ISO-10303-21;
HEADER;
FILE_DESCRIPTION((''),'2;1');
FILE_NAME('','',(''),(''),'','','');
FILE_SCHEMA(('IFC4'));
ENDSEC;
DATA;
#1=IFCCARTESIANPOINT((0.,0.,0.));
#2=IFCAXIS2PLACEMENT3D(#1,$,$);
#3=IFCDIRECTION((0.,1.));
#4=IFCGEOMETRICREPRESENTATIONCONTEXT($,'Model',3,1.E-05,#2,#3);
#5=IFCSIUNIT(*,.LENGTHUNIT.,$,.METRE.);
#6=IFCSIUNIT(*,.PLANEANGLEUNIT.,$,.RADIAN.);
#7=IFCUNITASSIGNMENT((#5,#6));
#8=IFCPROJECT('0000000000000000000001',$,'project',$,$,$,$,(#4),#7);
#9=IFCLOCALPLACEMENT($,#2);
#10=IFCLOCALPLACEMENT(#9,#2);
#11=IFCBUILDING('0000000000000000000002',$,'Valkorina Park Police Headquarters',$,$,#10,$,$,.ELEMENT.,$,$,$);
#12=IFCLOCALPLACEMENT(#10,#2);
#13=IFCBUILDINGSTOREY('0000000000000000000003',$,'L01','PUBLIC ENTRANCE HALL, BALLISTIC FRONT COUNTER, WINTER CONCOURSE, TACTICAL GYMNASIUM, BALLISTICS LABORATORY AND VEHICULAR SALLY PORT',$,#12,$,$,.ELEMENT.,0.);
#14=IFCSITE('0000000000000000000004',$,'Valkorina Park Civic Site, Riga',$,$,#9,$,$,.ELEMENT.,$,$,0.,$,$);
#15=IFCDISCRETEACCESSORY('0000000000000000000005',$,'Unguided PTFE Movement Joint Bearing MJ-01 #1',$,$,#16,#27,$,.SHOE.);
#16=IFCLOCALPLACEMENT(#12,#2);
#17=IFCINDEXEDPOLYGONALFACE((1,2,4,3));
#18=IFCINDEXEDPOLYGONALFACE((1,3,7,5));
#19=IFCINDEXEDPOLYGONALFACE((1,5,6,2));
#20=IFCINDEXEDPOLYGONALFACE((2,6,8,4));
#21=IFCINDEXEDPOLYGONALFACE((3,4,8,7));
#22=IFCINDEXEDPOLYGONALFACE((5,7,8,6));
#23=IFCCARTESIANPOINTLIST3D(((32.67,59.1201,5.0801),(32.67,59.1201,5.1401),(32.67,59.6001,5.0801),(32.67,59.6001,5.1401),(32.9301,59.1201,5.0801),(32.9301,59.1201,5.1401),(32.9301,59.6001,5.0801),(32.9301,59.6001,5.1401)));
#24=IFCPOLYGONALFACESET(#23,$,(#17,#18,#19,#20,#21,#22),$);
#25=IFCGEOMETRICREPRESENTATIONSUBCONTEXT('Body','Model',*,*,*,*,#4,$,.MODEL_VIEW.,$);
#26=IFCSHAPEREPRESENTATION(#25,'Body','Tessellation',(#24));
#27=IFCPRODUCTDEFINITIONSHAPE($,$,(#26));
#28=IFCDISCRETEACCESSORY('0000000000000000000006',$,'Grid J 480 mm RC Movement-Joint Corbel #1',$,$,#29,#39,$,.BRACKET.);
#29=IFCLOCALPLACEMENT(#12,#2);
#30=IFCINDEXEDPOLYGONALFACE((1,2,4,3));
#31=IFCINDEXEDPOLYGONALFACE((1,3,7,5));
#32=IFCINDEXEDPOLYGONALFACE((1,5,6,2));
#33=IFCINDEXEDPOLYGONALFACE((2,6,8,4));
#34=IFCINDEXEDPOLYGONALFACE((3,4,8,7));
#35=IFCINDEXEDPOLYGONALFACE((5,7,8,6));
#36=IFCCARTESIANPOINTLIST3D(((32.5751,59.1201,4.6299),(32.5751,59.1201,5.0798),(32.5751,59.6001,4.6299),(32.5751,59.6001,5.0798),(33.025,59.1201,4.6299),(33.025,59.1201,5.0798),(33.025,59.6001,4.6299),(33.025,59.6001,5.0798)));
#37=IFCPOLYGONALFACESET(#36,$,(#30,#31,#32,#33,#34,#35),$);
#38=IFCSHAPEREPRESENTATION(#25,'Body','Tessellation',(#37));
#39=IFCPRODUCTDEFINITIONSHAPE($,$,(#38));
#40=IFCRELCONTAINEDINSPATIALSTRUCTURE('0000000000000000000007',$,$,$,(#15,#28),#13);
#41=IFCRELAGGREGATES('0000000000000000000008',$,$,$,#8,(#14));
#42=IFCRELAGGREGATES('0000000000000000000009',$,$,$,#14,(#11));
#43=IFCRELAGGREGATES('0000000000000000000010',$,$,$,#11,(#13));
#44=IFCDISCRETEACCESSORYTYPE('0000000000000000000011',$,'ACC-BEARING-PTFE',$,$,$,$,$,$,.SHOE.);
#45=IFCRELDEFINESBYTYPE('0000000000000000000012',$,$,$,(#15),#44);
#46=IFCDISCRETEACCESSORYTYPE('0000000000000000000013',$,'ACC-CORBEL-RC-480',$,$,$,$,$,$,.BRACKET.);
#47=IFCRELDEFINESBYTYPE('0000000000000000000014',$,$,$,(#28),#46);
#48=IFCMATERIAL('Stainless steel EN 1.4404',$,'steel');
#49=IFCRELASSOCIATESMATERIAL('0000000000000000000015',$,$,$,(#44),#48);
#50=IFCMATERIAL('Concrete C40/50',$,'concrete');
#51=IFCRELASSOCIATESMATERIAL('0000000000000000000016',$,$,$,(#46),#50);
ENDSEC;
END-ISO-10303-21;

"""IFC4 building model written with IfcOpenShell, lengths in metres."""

from ifc_helpers import new_model, si_unit, direction, frame, origin, origin_2d, place, context, subcontext, project, spatial, rectangle, extrude, material, type_object, element, save


model = new_model("IFC4")

# Units and contexts
model_context = context("Model", 3, precision=1e-05, world=origin(), true_north=direction((0.0, 1.0)))
body_context = subcontext(model_context, "Body", "Model", "MODEL_VIEW")
ifc_project = project(units=[si_unit("LENGTHUNIT", "METRE"), si_unit("PLANEANGLEUNIT", "RADIAN")], contexts=[model_context])

# Site, building, storey
site_placement = place(None, origin())
site = spatial("IfcSite", under=ifc_project, at=site_placement, Name="Valkorina Park Civic Site, Riga", CompositionType="ELEMENT", RefElevation=0.0)
building_placement = place(site_placement, origin())
building = spatial("IfcBuilding", under=site, at=building_placement, Name="Valkorina Park Police Headquarters", CompositionType="ELEMENT")
storey_placement = place(building_placement, origin())
storey = spatial("IfcBuildingStorey", under=building, at=storey_placement, Name="L01", Description="PUBLIC ENTRANCE HALL, BALLISTIC FRONT COUNTER, WINTER CONCOURSE, TACTICAL GYMNASIUM, BALLISTICS LABORATORY AND VEHICULAR SALLY PORT", CompositionType="ELEMENT", Elevation=0.0)

# Shared definitions
ifc_material_1 = material(Name="Concrete C40/50", Category="concrete")

# Discrete accessories
ifc_material_2 = material(Name="Stainless steel EN 1.4404", Category="steel")
discrete_accessory_type_1 = type_object("IfcDiscreteAccessoryType", Name="ACC-BEARING-PTFE", PredefinedType="SHOE", material=ifc_material_2)
discrete_accessory_1_placement = place(storey_placement, frame((32.8, 59.3601, 5.0801), z_axis=(0.0, 0.0, 1.0), x_axis=(1.0, 0.0, 0.0)))
element("IfcDiscreteAccessory", 1, at=discrete_accessory_1_placement, inside=storey, type_object=discrete_accessory_type_1, Name="Unguided PTFE Movement Joint Bearing MJ-01 #1", PredefinedType="SHOE", context=body_context, shape_type="SweptSolid", body=[
    extrude(rectangle(XDim=0.26, YDim=0.48, at=origin_2d()), origin(), (0.0, 0.0, 1.0), 0.0601),
])
discrete_accessory_type_2 = type_object("IfcDiscreteAccessoryType", Name="ACC-CORBEL-RC-480", PredefinedType="BRACKET", material=ifc_material_1)
discrete_accessory_2_placement = place(storey_placement, frame((32.8, 59.3601, 4.6299), z_axis=(0.0, 0.0, 1.0), x_axis=(1.0, 0.0, 0.0)))
element("IfcDiscreteAccessory", 2, at=discrete_accessory_2_placement, inside=storey, type_object=discrete_accessory_type_2, Name="Grid J 480 mm RC Movement-Joint Corbel #1", PredefinedType="BRACKET", context=body_context, shape_type="SweptSolid", body=[
    extrude(rectangle(XDim=0.45, YDim=0.48, at=origin_2d()), origin(), (0.0, 0.0, 1.0), 0.45),
])

save(model, "model.ifc")
